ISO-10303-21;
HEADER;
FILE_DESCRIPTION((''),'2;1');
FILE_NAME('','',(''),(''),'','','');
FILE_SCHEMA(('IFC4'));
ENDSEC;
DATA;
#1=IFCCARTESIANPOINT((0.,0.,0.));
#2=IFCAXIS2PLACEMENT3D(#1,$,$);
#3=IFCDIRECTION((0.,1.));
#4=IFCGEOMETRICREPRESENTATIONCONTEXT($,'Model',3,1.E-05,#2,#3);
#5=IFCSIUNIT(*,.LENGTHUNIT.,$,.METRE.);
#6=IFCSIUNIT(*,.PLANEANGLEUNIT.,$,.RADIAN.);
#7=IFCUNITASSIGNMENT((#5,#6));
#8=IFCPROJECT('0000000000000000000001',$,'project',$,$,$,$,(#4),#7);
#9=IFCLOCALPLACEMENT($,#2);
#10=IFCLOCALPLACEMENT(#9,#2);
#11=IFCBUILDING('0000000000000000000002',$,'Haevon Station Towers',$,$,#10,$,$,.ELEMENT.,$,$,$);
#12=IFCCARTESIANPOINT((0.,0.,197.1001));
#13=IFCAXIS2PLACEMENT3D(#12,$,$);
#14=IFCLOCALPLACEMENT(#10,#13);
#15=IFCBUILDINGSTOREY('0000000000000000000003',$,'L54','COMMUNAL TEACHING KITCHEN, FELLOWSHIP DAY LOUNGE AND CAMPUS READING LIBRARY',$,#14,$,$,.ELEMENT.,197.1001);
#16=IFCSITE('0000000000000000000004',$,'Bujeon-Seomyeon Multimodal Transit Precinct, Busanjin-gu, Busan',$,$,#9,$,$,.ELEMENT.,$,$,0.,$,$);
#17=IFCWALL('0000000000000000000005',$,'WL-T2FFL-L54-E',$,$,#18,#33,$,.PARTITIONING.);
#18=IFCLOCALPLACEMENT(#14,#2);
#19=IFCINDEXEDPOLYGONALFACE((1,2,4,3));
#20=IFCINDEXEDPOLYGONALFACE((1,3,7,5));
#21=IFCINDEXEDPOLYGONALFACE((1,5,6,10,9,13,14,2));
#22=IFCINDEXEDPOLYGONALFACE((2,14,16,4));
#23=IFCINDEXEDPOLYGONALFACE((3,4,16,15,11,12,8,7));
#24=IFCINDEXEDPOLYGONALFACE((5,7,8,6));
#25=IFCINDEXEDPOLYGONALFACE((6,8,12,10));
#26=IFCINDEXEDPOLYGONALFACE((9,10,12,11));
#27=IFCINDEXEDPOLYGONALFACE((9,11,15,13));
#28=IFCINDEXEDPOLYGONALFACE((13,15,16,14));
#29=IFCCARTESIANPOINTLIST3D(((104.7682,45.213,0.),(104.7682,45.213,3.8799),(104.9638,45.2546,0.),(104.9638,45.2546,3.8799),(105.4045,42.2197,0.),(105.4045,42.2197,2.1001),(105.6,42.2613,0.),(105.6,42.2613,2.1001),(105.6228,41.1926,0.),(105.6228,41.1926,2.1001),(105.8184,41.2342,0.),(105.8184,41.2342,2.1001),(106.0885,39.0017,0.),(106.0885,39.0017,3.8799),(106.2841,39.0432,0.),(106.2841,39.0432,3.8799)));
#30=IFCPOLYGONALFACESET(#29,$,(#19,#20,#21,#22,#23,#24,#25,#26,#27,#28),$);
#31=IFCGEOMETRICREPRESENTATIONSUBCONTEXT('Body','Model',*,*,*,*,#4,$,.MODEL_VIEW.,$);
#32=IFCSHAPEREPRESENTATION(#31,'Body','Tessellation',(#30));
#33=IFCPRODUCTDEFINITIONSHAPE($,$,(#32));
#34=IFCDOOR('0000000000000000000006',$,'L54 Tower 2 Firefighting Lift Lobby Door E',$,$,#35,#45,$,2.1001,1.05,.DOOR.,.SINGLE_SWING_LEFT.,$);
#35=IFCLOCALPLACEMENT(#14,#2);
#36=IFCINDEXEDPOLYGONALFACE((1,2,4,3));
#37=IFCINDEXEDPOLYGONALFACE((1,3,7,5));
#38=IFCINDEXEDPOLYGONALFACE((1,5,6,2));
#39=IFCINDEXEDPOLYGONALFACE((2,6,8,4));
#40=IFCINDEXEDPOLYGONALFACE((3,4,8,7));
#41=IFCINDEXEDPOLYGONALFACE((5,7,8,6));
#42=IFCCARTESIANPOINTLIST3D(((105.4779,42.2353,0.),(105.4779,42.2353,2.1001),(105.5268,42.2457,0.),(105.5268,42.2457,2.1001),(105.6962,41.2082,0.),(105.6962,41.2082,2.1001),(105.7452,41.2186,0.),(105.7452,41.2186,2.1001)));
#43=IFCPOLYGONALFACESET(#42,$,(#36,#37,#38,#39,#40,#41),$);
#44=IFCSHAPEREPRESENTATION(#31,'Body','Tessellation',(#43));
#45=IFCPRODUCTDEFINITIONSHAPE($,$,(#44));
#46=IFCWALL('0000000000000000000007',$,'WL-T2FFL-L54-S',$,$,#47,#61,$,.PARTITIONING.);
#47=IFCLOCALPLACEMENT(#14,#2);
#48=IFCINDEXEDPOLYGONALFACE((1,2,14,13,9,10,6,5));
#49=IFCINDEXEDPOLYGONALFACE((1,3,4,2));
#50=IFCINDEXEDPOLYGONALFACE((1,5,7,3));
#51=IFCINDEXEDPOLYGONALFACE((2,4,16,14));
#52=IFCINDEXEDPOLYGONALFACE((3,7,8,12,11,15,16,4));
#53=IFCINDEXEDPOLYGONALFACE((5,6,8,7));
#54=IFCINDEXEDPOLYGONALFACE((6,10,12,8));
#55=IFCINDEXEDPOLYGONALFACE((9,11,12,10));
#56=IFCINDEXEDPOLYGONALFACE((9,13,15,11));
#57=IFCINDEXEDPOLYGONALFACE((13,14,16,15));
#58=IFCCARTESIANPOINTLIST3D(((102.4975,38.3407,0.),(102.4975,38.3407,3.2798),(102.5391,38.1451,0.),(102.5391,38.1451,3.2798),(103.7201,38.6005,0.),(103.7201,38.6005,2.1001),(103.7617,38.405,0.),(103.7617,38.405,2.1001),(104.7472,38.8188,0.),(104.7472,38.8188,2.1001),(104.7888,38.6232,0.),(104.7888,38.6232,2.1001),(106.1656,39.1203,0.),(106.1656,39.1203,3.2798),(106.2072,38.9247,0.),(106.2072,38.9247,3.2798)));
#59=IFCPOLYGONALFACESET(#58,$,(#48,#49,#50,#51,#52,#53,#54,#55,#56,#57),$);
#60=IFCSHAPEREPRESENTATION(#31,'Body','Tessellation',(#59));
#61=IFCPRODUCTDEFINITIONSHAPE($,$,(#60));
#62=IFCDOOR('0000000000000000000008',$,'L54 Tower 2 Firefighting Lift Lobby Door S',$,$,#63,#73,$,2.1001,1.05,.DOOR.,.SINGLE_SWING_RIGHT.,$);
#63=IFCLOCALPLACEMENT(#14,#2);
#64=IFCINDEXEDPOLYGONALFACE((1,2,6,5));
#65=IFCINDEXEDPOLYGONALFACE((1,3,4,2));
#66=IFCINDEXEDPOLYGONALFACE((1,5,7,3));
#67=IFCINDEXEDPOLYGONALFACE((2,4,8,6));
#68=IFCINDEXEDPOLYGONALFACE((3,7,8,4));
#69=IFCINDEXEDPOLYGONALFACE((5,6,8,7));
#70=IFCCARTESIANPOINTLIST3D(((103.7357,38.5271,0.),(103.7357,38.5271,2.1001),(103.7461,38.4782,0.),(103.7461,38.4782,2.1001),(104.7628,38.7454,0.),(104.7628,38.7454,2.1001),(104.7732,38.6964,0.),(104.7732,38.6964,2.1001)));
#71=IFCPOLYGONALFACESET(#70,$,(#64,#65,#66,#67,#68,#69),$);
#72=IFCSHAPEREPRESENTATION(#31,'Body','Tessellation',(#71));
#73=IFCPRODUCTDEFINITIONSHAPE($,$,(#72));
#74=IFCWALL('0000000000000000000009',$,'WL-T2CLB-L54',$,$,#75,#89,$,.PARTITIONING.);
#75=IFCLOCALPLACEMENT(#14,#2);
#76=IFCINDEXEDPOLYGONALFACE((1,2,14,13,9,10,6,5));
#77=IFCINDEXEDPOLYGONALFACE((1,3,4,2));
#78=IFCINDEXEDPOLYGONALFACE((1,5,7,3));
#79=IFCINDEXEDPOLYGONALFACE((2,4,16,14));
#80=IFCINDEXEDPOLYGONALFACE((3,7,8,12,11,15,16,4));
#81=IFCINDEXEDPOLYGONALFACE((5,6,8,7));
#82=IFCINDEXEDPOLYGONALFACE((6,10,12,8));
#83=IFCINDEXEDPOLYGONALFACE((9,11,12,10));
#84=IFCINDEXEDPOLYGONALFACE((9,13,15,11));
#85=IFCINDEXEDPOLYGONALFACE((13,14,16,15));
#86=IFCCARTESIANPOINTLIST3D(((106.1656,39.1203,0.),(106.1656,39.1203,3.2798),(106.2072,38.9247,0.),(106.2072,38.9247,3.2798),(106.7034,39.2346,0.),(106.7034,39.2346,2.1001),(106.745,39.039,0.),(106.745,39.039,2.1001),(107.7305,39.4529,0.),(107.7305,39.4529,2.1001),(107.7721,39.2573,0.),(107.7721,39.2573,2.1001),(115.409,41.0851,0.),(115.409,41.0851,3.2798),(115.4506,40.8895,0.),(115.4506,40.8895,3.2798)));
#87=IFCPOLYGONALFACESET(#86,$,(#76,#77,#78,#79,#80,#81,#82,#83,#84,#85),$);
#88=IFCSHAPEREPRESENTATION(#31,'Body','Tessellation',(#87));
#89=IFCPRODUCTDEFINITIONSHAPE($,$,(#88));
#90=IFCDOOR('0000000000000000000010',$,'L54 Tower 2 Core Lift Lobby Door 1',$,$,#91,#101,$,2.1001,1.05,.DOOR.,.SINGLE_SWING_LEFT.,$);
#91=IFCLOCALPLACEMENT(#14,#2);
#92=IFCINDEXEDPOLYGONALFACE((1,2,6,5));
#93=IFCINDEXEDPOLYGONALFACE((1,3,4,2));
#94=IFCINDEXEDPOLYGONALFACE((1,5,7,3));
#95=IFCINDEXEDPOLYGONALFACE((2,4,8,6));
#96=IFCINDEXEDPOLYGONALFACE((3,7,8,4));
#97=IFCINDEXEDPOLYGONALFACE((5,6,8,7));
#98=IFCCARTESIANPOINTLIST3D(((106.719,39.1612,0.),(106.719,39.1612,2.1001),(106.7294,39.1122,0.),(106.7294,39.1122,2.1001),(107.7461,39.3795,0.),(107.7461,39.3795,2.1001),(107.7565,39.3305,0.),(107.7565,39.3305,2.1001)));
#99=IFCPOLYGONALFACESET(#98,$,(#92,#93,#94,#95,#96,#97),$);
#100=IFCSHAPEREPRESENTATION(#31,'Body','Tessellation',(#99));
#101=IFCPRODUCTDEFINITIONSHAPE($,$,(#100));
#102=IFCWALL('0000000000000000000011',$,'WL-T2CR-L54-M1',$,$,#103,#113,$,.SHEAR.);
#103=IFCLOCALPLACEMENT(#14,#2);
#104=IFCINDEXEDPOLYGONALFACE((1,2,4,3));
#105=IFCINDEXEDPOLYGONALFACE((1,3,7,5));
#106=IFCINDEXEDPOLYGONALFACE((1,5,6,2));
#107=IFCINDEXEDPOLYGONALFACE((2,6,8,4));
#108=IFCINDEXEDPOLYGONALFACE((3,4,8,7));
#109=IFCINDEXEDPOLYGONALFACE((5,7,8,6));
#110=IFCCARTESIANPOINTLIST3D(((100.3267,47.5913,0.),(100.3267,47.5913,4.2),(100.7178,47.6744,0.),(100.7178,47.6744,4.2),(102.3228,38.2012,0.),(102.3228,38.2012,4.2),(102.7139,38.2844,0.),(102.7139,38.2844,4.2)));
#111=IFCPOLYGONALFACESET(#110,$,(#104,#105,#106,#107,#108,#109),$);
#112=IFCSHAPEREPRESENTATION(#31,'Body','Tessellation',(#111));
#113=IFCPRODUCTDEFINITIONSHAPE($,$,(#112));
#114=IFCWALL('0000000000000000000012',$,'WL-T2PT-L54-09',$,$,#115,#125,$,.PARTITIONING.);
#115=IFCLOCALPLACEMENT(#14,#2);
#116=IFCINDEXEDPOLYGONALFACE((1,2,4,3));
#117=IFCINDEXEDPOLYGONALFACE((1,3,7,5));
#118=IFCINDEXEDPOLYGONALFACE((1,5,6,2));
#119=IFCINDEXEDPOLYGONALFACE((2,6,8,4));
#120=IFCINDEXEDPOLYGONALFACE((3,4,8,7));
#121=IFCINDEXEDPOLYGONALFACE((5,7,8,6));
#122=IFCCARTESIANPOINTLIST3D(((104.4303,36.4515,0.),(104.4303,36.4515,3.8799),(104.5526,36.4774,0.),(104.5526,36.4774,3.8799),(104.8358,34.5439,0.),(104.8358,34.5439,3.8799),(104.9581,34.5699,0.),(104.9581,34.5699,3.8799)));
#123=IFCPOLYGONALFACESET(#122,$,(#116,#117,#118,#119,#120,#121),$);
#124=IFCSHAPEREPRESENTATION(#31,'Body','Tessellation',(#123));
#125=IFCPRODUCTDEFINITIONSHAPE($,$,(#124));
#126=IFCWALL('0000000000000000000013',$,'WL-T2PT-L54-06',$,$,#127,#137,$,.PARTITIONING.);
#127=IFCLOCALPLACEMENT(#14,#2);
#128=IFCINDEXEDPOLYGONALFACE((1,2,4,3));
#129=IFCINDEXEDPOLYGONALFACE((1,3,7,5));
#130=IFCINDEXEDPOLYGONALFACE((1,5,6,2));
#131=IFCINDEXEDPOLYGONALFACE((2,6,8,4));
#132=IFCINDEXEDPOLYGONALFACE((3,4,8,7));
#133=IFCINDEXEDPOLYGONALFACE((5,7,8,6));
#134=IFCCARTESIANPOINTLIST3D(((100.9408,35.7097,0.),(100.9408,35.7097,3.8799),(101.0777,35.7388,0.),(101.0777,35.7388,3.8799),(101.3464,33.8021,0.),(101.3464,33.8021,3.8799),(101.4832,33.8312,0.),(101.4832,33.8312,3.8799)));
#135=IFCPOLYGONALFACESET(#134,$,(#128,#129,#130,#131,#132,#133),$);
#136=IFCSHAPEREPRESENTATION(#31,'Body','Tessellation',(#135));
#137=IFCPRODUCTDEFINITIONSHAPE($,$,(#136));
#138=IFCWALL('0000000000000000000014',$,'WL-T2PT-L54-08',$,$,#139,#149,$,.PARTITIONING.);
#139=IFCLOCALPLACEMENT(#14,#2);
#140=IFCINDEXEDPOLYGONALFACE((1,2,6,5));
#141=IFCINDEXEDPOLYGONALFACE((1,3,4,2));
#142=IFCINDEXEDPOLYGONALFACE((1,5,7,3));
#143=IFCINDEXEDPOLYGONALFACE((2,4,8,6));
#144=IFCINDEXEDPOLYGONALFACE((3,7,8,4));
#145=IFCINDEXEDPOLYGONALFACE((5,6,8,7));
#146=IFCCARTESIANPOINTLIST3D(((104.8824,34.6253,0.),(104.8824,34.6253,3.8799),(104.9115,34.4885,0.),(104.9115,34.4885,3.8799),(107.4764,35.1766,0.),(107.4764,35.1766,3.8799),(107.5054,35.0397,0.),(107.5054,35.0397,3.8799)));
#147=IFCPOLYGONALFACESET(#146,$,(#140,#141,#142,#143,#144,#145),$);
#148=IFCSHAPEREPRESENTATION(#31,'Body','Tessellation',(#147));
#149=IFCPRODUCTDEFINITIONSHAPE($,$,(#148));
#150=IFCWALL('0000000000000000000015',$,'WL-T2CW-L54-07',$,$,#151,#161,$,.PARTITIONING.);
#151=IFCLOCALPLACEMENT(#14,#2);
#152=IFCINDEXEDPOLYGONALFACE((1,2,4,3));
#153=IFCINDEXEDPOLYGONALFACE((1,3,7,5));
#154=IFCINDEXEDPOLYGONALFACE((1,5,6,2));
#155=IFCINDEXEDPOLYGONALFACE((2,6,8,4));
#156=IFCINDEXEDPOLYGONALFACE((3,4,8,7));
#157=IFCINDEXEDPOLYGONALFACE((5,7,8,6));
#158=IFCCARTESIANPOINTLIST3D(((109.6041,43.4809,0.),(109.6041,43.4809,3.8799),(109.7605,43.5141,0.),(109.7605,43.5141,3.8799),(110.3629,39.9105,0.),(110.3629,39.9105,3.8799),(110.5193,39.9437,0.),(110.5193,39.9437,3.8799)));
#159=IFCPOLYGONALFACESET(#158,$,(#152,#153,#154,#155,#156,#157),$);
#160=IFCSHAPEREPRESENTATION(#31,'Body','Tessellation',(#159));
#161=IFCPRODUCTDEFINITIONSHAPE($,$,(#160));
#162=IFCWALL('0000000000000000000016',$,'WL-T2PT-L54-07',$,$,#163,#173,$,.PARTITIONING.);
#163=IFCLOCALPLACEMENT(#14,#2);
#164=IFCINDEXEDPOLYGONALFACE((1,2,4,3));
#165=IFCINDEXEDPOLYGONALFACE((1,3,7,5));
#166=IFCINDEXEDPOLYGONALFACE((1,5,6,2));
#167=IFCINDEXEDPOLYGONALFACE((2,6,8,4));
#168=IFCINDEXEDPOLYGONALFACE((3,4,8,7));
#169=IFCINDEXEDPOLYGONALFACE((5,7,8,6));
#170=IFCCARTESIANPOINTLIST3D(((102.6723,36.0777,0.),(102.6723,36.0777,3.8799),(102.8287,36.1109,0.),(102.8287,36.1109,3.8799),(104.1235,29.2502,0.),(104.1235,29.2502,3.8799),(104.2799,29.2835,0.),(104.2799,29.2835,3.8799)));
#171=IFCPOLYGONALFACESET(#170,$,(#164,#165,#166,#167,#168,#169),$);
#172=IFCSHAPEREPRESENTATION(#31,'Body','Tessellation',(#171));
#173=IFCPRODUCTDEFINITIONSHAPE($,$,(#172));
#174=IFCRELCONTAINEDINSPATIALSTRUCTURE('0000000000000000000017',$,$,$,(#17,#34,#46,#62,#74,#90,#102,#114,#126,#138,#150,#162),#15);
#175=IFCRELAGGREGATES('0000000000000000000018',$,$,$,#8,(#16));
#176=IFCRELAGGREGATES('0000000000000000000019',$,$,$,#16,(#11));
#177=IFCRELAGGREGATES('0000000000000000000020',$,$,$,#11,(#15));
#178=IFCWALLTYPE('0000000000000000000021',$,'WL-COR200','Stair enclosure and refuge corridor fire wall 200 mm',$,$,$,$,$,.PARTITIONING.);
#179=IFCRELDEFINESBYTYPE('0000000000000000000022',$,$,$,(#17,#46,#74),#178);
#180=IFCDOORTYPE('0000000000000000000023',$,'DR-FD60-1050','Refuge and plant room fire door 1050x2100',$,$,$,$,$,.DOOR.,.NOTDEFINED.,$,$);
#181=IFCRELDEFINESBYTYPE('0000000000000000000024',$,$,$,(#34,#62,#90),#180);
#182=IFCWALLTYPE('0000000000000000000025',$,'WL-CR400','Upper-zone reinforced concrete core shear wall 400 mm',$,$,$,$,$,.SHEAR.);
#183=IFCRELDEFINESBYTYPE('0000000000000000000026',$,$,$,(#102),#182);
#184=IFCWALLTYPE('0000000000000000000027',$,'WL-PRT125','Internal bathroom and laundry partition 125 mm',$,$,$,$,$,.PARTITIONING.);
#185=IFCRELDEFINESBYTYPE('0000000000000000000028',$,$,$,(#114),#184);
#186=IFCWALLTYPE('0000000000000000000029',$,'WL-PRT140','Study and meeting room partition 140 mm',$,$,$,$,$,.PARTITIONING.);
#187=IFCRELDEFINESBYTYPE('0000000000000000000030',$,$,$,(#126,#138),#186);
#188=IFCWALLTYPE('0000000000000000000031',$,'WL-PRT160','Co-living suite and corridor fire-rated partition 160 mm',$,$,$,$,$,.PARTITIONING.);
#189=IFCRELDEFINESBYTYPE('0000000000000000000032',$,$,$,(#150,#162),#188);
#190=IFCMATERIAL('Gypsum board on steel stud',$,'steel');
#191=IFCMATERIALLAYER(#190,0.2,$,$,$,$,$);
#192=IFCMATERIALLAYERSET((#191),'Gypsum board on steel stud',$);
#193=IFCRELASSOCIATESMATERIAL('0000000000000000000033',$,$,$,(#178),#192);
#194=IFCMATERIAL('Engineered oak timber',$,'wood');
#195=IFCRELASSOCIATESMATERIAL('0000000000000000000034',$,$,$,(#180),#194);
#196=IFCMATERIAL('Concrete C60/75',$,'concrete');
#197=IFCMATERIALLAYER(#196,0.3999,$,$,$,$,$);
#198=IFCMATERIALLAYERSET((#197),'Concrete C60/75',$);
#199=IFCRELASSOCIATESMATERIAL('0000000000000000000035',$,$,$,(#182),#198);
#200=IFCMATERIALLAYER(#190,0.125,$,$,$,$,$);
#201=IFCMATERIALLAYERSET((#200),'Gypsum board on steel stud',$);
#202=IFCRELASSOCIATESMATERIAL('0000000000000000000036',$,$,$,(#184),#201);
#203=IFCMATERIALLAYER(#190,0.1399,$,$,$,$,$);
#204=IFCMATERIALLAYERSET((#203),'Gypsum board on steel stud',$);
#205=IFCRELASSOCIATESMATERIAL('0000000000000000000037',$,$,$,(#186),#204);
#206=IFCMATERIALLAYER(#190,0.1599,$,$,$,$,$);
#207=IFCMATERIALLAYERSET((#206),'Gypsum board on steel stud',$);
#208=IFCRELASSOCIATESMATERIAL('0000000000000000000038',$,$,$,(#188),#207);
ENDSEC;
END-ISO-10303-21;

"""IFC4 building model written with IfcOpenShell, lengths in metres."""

from ifc_helpers import new_model, si_unit, direction, frame, frame_2d, origin, place, context, subcontext, project, spatial, rectangle, extrude, material, layer, layer_set, type_object, element, fill, save


model = new_model("IFC4")

# Units and contexts
model_context = context("Model", 3, precision=1e-05, world=origin(), true_north=direction((0.0, 1.0)))
body_context = subcontext(model_context, "Body", "Model", "MODEL_VIEW")
ifc_project = project(units=[si_unit("LENGTHUNIT", "METRE"), si_unit("PLANEANGLEUNIT", "RADIAN")], contexts=[model_context])

# Site, building, storey
site_placement = place(None, origin())
site = spatial("IfcSite", under=ifc_project, at=site_placement, Name="Bujeon-Seomyeon Multimodal Transit Precinct, Busanjin-gu, Busan", CompositionType="ELEMENT", RefElevation=0.0)
building_placement = place(site_placement, origin())
building = spatial("IfcBuilding", under=site, at=building_placement, Name="Haevon Station Towers", CompositionType="ELEMENT")
storey_placement = place(building_placement, frame((0.0, 0.0, 197.1001)))
storey = spatial("IfcBuildingStorey", under=building, at=storey_placement, Name="L54", Description="COMMUNAL TEACHING KITCHEN, FELLOWSHIP DAY LOUNGE AND CAMPUS READING LIBRARY", CompositionType="ELEMENT", Elevation=197.1001)

# Walls, openings, doors
ifc_material_1 = material(Name="Gypsum board on steel stud", Category="steel")
ifc_layer_1 = layer(ifc_material_1, 0.2)
ifc_layer_set_1 = layer_set([ifc_layer_1], Name="Gypsum board on steel stud")
wall_type_1 = type_object("IfcWallType", Name="WL-COR200", Description="Stair enclosure and refuge corridor fire wall 200 mm", PredefinedType="PARTITIONING", material=ifc_layer_set_1)
wall_1_placement = place(storey_placement, frame((106.1863, 39.0225, 0.0), z_axis=(0.0, 0.0, 1.0), x_axis=(-0.207917, 0.978147, 0.0)))
wall_1 = element("IfcWall", 1, at=wall_1_placement, inside=storey, type_object=wall_type_1, Name="WL-T2FFL-L54-E", PredefinedType="PARTITIONING", context=body_context, shape_type="SweptSolid", body=[
    extrude(rectangle(XDim=6.3501, YDim=0.2, at=frame_2d((3.175, 0.0))), origin(), (0.0, 0.0, 1.0), 3.8799),
])
opening_1_placement = place(wall_1_placement, frame((2.24, 0.0, 0.0)))
opening_1 = element("IfcOpeningElement", 2, at=opening_1_placement, cuts=wall_1, PredefinedType="OPENING", context=body_context, shape_type="SweptSolid", body=[
    extrude(rectangle(XDim=1.05, YDim=2.1001, at=frame_2d((0.5249, 1.05))), frame((0.0, 0.1099, 0.0), z_axis=(0.0, -1.0, 0.0), x_axis=(1.0, 0.0, 0.0)), (0.0, 0.0, 1.0), 0.22),
])
ifc_material_2 = material(Name="Engineered oak timber", Category="wood")
door_type = type_object("IfcDoorType", Name="DR-FD60-1050", Description="Refuge and plant room fire door 1050x2100", OperationType="NOTDEFINED", PredefinedType="DOOR", material=ifc_material_2)
door_1_placement = place(opening_1_placement, origin())
door_1 = element("IfcDoor", 3, at=door_1_placement, inside=storey, type_object=door_type, Name="L54 Tower 2 Firefighting Lift Lobby Door E", OperationType="SINGLE_SWING_LEFT", OverallHeight=2.1001, OverallWidth=1.05, PredefinedType="DOOR", context=body_context, shape_type="SweptSolid", body=[
    extrude(rectangle(XDim=1.05, YDim=2.1001, at=frame_2d((0.5249, 1.05))), frame((0.0, 0.0249, 0.0), z_axis=(0.0, -1.0, 0.0), x_axis=(1.0, 0.0, 0.0)), (0.0, 0.0, 1.0), 0.05),
])
fill(opening_1, door_1)
wall_2_placement = place(storey_placement, frame((102.5183, 38.2429, 0.0), z_axis=(0.0, 0.0, 1.0), x_axis=(0.978154, 0.207884, 0.0)))
wall_2 = element("IfcWall", 4, at=wall_2_placement, inside=storey, type_object=wall_type_1, Name="WL-T2FFL-L54-S", PredefinedType="PARTITIONING", context=body_context, shape_type="SweptSolid", body=[
    extrude(rectangle(XDim=3.75, YDim=0.2, at=frame_2d((1.875, 0.0))), origin(), (0.0, 0.0, 1.0), 3.2798),
])
opening_2_placement = place(wall_2_placement, frame((1.25, 0.0, 0.0)))
opening_2 = element("IfcOpeningElement", 5, at=opening_2_placement, cuts=wall_2, PredefinedType="OPENING", context=body_context, shape_type="SweptSolid", body=[
    extrude(rectangle(XDim=1.05, YDim=2.1001, at=frame_2d((0.5249, 1.05))), frame((0.0, 0.1099, 0.0), z_axis=(0.0, -1.0, 0.0), x_axis=(1.0, 0.0, 0.0)), (0.0, 0.0, 1.0), 0.22),
])
door_2_placement = place(opening_2_placement, origin())
door_2 = element("IfcDoor", 6, at=door_2_placement, inside=storey, type_object=door_type, Name="L54 Tower 2 Firefighting Lift Lobby Door S", OperationType="SINGLE_SWING_RIGHT", OverallHeight=2.1001, OverallWidth=1.05, PredefinedType="DOOR", context=body_context, shape_type="SweptSolid", body=[
    extrude(rectangle(XDim=1.05, YDim=2.1001, at=frame_2d((0.5249, 1.05))), frame((0.0, 0.0249, 0.0), z_axis=(0.0, -1.0, 0.0), x_axis=(1.0, 0.0, 0.0)), (0.0, 0.0, 1.0), 0.05),
])
fill(opening_2, door_2)
wall_3_placement = place(storey_placement, frame((106.1863, 39.0225, 0.0), z_axis=(0.0, 0.0, 1.0), x_axis=(0.978146, 0.207921, 0.0)))
wall_3 = element("IfcWall", 7, at=wall_3_placement, inside=storey, type_object=wall_type_1, Name="WL-T2CLB-L54", PredefinedType="PARTITIONING", context=body_context, shape_type="SweptSolid", body=[
    extrude(rectangle(XDim=9.45, YDim=0.2, at=frame_2d((4.7251, 0.0))), origin(), (0.0, 0.0, 1.0), 3.2798),
])
opening_3_placement = place(wall_3_placement, frame((0.55, 0.0, 0.0)))
opening_3 = element("IfcOpeningElement", 8, at=opening_3_placement, cuts=wall_3, PredefinedType="OPENING", context=body_context, shape_type="SweptSolid", body=[
    extrude(rectangle(XDim=1.05, YDim=2.1001, at=frame_2d((0.5249, 1.05))), frame((0.0, 0.1099, 0.0), z_axis=(0.0, -1.0, 0.0), x_axis=(1.0, 0.0, 0.0)), (0.0, 0.0, 1.0), 0.22),
])
door_3_placement = place(opening_3_placement, origin())
door_3 = element("IfcDoor", 9, at=door_3_placement, inside=storey, type_object=door_type, Name="L54 Tower 2 Core Lift Lobby Door 1", OperationType="SINGLE_SWING_LEFT", OverallHeight=2.1001, OverallWidth=1.05, PredefinedType="DOOR", context=body_context, shape_type="SweptSolid", body=[
    extrude(rectangle(XDim=1.05, YDim=2.1001, at=frame_2d((0.5249, 1.05))), frame((0.0, 0.0249, 0.0), z_axis=(0.0, -1.0, 0.0), x_axis=(1.0, 0.0, 0.0)), (0.0, 0.0, 1.0), 0.05),
])
fill(opening_3, door_3)

# Walls
ifc_material_3 = material(Name="Concrete C60/75", Category="concrete")
ifc_layer_2 = layer(ifc_material_3, 0.3999)
ifc_layer_set_2 = layer_set([ifc_layer_2], Name="Concrete C60/75")
wall_type_2 = type_object("IfcWallType", Name="WL-CR400", Description="Upper-zone reinforced concrete core shear wall 400 mm", PredefinedType="SHEAR", material=ifc_layer_set_2)
wall_4_placement = place(storey_placement, frame((102.5183, 38.2429, 0.0), z_axis=(0.0, 0.0, 1.0), x_axis=(-0.207927, 0.978144, 0.0)))
element("IfcWall", 10, at=wall_4_placement, inside=storey, type_object=wall_type_2, Name="WL-T2CR-L54-M1", PredefinedType="SHEAR", context=body_context, shape_type="SweptSolid", body=[
    extrude(rectangle(XDim=9.5999, YDim=0.3999, at=frame_2d((4.7998, 0.0))), origin(), (0.0, 0.0, 1.0), 4.2),
])
ifc_layer_3 = layer(ifc_material_1, 0.125)
ifc_layer_set_3 = layer_set([ifc_layer_3], Name="Gypsum board on steel stud")
wall_type_3 = type_object("IfcWallType", Name="WL-PRT125", Description="Internal bathroom and laundry partition 125 mm", PredefinedType="PARTITIONING", material=ifc_layer_set_3)
wall_5_placement = place(storey_placement, frame((104.897, 34.5569, 0.0), z_axis=(0.0, 0.0, 1.0), x_axis=(-0.207947, 0.97814, 0.0)))
element("IfcWall", 11, at=wall_5_placement, inside=storey, type_object=wall_type_3, Name="WL-T2PT-L54-09", PredefinedType="PARTITIONING", context=body_context, shape_type="SweptSolid", body=[
    extrude(rectangle(XDim=1.9502, YDim=0.125, at=frame_2d((0.9751, 0.0))), origin(), (0.0, 0.0, 1.0), 3.8799),
])
ifc_layer_4 = layer(ifc_material_1, 0.1399)
ifc_layer_set_4 = layer_set([ifc_layer_4], Name="Gypsum board on steel stud")
wall_type_4 = type_object("IfcWallType", Name="WL-PRT140", Description="Study and meeting room partition 140 mm", PredefinedType="PARTITIONING", material=ifc_layer_set_4)
wall_6_placement = place(storey_placement, frame((101.4148, 33.8167, 0.0), z_axis=(0.0, 0.0, 1.0), x_axis=(-0.207947, 0.97814, 0.0)))
element("IfcWall", 12, at=wall_6_placement, inside=storey, type_object=wall_type_4, Name="WL-T2PT-L54-06", PredefinedType="PARTITIONING", context=body_context, shape_type="SweptSolid", body=[
    extrude(rectangle(XDim=1.9502, YDim=0.1399, at=frame_2d((0.9751, 0.0))), origin(), (0.0, 0.0, 1.0), 3.8799),
])
wall_7_placement = place(storey_placement, frame((104.897, 34.5569, 0.0), z_axis=(0.0, 0.0, 1.0), x_axis=(0.978155, 0.207875, 0.0)))
element("IfcWall", 13, at=wall_7_placement, inside=storey, type_object=wall_type_4, Name="WL-T2PT-L54-08", PredefinedType="PARTITIONING", context=body_context, shape_type="SweptSolid", body=[
    extrude(rectangle(XDim=2.6519, YDim=0.1399, at=frame_2d((1.3259, 0.0))), origin(), (0.0, 0.0, 1.0), 3.8799),
])
ifc_layer_5 = layer(ifc_material_1, 0.1599)
ifc_layer_set_5 = layer_set([ifc_layer_5], Name="Gypsum board on steel stud")
wall_type_5 = type_object("IfcWallType", Name="WL-PRT160", Description="Co-living suite and corridor fire-rated partition 160 mm", PredefinedType="PARTITIONING", material=ifc_layer_set_5)
wall_8_placement = place(storey_placement, frame((110.4412, 39.927, 0.0), z_axis=(0.0, 0.0, 1.0), x_axis=(-0.207884, 0.978153, 0.0)))
element("IfcWall", 14, at=wall_8_placement, inside=storey, type_object=wall_type_5, Name="WL-T2CW-L54-07", PredefinedType="PARTITIONING", context=body_context, shape_type="SweptSolid", body=[
    extrude(rectangle(XDim=3.6501, YDim=0.1599, at=frame_2d((1.8252, 0.0))), origin(), (0.0, 0.0, 1.0), 3.8799),
])
for number, where, z_axis, x_axis, name in (
    (15, (104.2017, 29.2668, 0.0), (0.0, 0.0, 1.0), (-0.207907, 0.978149, 0.0), "WL-T2PT-L54-07"),
):
    element("IfcWall", number, at=place(storey_placement, frame(where, z_axis=z_axis, x_axis=x_axis)), inside=storey, type_object=wall_type_5, Name=name, PredefinedType="PARTITIONING", context=body_context, shape_type="SweptSolid", body=[
        extrude(rectangle(XDim=6.98, YDim=0.1599, at=frame_2d((3.49, 0.0))), origin(), (0.0, 0.0, 1.0), 3.8799),
    ])

save(model, "model.ifc")
